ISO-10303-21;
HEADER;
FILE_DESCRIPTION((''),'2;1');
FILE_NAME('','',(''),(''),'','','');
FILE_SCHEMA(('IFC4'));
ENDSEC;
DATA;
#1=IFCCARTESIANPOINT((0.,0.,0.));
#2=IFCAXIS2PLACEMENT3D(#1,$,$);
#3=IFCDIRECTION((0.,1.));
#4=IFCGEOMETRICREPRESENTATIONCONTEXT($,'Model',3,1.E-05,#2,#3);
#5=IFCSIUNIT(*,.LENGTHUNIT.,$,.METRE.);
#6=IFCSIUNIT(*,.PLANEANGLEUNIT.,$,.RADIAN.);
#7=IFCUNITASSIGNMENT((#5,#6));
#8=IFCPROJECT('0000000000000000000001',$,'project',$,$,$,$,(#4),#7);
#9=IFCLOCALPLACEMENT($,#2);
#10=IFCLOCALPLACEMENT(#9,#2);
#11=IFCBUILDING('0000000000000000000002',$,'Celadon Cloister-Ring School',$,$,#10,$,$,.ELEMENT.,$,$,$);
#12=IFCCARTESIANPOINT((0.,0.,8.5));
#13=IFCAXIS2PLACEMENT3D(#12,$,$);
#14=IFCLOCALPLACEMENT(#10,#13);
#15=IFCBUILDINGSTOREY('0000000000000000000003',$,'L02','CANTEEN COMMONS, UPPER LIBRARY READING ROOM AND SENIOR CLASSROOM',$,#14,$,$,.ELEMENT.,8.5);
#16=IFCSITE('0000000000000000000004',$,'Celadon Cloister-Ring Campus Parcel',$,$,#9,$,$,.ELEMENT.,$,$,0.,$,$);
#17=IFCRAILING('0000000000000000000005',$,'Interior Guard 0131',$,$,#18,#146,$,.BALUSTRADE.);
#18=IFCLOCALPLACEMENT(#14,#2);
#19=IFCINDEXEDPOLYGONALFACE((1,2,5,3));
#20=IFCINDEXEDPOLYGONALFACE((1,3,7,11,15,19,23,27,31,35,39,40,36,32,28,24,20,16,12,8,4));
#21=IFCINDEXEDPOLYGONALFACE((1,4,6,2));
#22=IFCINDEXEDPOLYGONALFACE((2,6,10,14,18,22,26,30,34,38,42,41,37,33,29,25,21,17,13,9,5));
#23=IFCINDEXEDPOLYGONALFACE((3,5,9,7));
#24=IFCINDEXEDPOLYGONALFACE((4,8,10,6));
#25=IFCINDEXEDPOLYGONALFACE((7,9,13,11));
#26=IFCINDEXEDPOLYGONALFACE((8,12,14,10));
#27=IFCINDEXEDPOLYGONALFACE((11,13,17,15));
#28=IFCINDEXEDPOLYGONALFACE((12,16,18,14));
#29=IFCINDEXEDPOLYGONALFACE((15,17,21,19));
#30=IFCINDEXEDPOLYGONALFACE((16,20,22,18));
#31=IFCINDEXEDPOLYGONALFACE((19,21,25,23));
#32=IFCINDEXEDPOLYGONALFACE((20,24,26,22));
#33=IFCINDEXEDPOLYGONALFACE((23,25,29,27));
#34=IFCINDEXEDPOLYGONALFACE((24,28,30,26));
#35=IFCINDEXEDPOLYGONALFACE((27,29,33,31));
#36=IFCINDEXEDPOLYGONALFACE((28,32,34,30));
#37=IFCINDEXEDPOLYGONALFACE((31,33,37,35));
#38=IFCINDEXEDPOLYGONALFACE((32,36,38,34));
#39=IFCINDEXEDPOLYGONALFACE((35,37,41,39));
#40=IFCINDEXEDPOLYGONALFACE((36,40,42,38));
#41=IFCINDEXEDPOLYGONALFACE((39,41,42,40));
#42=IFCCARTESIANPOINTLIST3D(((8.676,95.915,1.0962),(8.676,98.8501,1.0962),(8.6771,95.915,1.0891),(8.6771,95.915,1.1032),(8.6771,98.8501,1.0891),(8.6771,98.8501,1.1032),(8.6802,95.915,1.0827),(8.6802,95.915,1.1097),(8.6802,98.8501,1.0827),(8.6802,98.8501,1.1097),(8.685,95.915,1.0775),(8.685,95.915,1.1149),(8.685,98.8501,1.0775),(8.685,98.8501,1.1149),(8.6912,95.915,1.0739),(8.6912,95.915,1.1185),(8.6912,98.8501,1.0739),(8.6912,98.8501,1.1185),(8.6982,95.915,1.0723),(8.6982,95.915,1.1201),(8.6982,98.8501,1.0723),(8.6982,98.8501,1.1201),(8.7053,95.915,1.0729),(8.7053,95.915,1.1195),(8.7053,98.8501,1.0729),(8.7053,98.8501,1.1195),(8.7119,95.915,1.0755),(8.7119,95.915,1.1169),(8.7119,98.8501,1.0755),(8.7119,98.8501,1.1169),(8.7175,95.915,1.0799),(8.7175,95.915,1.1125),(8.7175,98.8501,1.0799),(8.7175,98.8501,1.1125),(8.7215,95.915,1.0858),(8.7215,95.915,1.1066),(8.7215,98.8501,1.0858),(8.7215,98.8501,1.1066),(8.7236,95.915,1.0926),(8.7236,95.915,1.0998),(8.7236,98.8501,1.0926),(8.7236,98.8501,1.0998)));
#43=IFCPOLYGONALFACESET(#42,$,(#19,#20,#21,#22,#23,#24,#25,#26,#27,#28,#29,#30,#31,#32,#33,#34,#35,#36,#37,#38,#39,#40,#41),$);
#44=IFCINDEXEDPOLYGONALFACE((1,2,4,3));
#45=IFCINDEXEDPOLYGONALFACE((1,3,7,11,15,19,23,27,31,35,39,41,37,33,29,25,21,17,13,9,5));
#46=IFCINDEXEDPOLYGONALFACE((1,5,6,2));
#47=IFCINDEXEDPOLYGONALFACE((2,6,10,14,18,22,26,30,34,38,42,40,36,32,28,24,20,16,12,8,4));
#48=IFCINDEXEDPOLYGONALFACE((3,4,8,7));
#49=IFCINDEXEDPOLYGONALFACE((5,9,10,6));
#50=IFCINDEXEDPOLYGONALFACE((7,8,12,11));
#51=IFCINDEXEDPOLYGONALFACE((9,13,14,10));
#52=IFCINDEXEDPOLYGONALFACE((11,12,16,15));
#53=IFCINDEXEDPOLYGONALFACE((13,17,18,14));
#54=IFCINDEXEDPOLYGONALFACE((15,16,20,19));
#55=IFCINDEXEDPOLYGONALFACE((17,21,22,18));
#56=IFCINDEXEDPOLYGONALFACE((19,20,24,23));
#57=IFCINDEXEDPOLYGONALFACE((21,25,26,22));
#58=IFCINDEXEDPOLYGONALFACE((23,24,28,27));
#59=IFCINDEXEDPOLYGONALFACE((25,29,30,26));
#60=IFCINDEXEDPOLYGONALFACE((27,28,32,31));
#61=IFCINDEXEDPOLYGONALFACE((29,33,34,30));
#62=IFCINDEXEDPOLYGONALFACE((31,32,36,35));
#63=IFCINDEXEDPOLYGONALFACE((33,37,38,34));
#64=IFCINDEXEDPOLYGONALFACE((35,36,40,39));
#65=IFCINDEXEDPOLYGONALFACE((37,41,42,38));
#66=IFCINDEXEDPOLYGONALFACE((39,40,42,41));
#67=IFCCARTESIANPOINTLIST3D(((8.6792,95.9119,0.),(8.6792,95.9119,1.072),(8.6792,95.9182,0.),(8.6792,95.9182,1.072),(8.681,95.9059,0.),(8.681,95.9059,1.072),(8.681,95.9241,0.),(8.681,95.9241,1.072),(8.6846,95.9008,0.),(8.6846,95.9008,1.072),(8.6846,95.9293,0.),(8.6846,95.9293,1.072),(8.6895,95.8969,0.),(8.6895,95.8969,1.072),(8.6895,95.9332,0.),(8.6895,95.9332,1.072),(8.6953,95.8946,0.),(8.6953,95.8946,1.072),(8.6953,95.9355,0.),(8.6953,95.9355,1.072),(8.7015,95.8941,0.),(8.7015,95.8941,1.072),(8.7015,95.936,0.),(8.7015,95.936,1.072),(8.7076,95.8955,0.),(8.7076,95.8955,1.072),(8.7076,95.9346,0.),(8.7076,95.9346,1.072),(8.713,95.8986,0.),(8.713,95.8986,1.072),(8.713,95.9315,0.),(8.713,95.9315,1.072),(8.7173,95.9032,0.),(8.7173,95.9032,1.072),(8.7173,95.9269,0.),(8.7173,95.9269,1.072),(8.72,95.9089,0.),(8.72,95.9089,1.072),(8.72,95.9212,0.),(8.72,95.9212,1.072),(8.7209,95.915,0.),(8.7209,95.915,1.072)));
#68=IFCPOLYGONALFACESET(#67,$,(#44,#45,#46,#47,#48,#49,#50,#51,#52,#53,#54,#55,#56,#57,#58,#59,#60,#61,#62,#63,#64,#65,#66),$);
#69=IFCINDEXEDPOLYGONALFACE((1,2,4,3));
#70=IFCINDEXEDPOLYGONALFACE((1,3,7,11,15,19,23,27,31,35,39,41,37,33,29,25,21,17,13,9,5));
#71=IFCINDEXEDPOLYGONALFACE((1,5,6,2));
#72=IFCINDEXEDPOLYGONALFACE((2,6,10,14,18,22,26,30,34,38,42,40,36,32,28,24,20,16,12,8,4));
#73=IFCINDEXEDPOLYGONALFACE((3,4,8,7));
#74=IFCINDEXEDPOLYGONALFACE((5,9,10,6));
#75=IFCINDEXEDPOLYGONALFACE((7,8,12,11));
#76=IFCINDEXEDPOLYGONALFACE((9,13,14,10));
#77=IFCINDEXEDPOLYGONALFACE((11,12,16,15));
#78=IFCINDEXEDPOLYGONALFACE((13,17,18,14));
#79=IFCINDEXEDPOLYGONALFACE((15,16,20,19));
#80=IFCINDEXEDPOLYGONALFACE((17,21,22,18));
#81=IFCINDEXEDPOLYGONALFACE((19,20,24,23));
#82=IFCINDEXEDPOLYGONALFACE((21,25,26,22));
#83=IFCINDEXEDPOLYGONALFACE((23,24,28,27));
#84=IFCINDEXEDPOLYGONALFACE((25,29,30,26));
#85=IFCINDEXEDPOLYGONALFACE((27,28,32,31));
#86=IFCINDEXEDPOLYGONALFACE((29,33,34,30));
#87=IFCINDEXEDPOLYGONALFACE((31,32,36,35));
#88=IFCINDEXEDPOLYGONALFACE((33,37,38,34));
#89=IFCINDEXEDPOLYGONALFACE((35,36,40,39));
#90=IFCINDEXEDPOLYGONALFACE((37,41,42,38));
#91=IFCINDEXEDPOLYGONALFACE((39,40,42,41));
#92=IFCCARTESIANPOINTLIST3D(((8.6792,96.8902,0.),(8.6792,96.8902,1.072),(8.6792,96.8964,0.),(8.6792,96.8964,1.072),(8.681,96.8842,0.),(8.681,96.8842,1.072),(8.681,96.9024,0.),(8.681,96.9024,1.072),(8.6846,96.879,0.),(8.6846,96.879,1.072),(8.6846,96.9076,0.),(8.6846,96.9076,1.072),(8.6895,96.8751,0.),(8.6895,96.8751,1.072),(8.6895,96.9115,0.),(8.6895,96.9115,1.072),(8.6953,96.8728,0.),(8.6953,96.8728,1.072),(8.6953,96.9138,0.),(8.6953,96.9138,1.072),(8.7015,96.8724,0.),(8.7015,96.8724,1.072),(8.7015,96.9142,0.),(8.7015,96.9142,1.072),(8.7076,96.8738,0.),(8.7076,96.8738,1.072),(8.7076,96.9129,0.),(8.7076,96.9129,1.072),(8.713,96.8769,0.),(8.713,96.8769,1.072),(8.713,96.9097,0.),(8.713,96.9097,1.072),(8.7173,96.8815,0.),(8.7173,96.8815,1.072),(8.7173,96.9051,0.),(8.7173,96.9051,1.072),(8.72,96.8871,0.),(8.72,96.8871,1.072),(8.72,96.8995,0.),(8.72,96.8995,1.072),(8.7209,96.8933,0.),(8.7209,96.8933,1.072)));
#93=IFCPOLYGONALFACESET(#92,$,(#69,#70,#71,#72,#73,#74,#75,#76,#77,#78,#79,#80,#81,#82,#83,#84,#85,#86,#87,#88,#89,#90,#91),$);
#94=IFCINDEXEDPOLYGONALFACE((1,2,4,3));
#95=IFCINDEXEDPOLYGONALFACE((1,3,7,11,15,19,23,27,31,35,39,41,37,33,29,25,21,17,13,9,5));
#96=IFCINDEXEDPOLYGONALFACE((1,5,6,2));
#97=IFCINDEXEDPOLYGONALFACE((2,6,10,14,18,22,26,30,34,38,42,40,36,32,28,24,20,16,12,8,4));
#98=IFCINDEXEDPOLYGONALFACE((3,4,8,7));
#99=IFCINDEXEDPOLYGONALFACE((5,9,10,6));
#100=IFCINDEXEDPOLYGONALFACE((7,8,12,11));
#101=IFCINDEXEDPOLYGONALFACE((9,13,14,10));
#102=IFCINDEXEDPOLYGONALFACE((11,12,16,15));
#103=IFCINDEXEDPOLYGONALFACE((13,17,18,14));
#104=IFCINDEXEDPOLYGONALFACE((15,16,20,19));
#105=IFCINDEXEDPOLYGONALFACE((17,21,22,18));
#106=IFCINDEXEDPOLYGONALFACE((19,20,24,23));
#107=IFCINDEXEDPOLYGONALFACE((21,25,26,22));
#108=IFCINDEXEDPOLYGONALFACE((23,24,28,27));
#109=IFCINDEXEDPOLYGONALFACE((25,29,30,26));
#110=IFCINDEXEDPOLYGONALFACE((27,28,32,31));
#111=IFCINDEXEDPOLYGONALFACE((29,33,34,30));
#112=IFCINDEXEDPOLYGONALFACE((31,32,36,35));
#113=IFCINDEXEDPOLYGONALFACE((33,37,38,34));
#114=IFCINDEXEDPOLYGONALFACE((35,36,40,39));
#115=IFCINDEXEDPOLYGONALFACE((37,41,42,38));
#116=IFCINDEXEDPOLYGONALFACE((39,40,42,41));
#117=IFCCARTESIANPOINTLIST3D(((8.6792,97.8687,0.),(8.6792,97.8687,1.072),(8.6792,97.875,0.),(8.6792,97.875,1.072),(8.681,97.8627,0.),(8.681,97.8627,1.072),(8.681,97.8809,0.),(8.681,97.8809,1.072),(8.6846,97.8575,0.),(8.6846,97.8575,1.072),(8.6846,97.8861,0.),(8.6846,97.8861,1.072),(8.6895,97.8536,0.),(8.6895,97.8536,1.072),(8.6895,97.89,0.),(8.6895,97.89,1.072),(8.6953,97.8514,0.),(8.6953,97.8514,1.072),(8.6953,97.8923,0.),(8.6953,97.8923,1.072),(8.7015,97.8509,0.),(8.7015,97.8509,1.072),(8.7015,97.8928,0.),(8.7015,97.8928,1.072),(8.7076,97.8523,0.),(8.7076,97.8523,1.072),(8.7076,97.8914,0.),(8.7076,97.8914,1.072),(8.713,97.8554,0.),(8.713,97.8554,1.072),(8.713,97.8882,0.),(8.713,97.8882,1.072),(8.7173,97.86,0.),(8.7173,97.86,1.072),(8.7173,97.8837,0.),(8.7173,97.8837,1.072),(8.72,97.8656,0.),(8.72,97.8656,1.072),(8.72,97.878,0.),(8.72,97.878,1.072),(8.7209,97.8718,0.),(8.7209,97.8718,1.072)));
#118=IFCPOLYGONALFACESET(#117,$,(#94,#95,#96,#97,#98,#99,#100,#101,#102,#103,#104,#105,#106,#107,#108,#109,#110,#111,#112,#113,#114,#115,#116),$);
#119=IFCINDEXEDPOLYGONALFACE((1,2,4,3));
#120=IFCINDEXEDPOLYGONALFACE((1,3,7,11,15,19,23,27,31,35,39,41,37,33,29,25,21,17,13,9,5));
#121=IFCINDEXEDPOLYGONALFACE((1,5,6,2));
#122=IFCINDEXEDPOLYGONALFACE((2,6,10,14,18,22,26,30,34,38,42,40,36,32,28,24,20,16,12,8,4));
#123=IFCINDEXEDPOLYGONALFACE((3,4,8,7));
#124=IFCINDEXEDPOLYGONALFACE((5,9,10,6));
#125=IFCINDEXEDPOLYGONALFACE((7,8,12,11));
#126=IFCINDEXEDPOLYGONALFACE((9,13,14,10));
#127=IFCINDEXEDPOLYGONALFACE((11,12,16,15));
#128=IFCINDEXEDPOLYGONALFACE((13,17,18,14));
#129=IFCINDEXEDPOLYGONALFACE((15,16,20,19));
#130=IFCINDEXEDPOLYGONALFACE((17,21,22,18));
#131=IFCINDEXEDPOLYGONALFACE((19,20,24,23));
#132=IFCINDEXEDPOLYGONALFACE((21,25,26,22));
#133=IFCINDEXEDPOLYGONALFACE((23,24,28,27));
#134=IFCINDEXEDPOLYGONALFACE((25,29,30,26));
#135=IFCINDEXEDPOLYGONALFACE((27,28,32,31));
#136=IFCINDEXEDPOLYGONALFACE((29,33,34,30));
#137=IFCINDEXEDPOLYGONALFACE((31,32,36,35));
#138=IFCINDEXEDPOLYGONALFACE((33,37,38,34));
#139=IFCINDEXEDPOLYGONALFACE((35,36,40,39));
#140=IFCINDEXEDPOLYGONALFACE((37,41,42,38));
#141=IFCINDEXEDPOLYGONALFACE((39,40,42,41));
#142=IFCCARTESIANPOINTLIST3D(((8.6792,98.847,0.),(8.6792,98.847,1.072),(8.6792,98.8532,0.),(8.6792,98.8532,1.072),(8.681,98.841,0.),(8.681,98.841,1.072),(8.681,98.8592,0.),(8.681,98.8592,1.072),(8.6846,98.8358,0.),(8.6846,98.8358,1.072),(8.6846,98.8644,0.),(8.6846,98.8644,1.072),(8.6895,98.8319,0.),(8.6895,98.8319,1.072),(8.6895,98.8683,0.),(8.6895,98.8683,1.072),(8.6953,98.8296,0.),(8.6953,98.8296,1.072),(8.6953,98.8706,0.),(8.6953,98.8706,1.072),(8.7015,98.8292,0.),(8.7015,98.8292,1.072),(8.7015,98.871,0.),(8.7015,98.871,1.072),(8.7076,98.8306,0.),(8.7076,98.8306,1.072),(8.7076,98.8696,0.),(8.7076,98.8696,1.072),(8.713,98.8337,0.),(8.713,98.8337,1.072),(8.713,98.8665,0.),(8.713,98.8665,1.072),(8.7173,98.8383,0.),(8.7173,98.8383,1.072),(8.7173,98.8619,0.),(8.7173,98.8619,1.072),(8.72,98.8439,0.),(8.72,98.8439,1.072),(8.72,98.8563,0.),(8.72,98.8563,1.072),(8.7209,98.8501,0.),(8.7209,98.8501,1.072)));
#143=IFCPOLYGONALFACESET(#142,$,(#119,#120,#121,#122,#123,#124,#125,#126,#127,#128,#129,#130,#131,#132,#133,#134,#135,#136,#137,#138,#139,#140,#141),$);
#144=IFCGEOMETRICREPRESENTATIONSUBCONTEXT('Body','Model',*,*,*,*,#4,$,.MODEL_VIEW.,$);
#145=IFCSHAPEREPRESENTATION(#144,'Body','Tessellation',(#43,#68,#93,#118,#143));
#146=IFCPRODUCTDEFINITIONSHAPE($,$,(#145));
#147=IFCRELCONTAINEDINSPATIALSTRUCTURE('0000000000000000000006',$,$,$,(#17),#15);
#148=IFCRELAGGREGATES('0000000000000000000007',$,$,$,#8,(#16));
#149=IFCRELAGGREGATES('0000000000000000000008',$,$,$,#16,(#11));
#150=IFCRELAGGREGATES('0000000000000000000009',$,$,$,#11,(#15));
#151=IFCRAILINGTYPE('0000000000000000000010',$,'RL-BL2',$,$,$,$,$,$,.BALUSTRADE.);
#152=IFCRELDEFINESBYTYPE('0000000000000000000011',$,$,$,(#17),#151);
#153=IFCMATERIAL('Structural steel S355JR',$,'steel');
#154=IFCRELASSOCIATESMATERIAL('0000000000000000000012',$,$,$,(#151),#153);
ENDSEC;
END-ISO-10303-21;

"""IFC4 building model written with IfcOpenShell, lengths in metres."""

from ifc_helpers import new_model, si_unit, direction, frame, origin, origin_2d, place, context, subcontext, project, spatial, circle, extrude, material, type_object, element, save


model = new_model("IFC4")

# Units and contexts
model_context = context("Model", 3, precision=1e-05, world=origin(), true_north=direction((0.0, 1.0)))
body_context = subcontext(model_context, "Body", "Model", "MODEL_VIEW")
ifc_project = project(units=[si_unit("LENGTHUNIT", "METRE"), si_unit("PLANEANGLEUNIT", "RADIAN")], contexts=[model_context])

# Site, building, storey
site_placement = place(None, origin())
site = spatial("IfcSite", under=ifc_project, at=site_placement, Name="Celadon Cloister-Ring Campus Parcel", CompositionType="ELEMENT", RefElevation=0.0)
building_placement = place(site_placement, origin())
building = spatial("IfcBuilding", under=site, at=building_placement, Name="Celadon Cloister-Ring School", CompositionType="ELEMENT")
storey_placement = place(building_placement, frame((0.0, 0.0, 8.5)))
storey = spatial("IfcBuildingStorey", under=building, at=storey_placement, Name="L02", Description="CANTEEN COMMONS, UPPER LIBRARY READING ROOM AND SENIOR CLASSROOM", CompositionType="ELEMENT", Elevation=8.5)

# Railing
ifc_material_1 = material(Name="Structural steel S355JR", Category="steel")
railing_type_1 = type_object("IfcRailingType", Name="RL-BL2", PredefinedType="BALUSTRADE", material=ifc_material_1)
railing_1_placement = place(storey_placement, frame((8.7, 95.915, 0.0)))
element("IfcRailing", 1, at=railing_1_placement, inside=storey, type_object=railing_type_1, Name="Interior Guard 0131", PredefinedType="BALUSTRADE", context=body_context, shape_type="SweptSolid", body=[
    extrude(circle(Radius=0.0239, at=origin_2d()), frame((0.0, 0.0, 1.0962), z_axis=(0.0, 1.0, 0.0), x_axis=(-1.0, 0.0, 0.0)), (0.0, 0.0, 1.0), 2.9351),
    extrude(circle(Radius=0.021, at=origin_2d()), origin(), (0.0, 0.0, 1.0), 1.072),
    extrude(circle(Radius=0.021, at=origin_2d()), frame((0.0, 0.9783, 0.0)), (0.0, 0.0, 1.0), 1.072),
    extrude(circle(Radius=0.021, at=origin_2d()), frame((0.0, 1.9568, 0.0)), (0.0, 0.0, 1.0), 1.072),
    extrude(circle(Radius=0.021, at=origin_2d()), frame((0.0, 2.9351, 0.0)), (0.0, 0.0, 1.0), 1.072),
])

save(model, "model.ifc")
